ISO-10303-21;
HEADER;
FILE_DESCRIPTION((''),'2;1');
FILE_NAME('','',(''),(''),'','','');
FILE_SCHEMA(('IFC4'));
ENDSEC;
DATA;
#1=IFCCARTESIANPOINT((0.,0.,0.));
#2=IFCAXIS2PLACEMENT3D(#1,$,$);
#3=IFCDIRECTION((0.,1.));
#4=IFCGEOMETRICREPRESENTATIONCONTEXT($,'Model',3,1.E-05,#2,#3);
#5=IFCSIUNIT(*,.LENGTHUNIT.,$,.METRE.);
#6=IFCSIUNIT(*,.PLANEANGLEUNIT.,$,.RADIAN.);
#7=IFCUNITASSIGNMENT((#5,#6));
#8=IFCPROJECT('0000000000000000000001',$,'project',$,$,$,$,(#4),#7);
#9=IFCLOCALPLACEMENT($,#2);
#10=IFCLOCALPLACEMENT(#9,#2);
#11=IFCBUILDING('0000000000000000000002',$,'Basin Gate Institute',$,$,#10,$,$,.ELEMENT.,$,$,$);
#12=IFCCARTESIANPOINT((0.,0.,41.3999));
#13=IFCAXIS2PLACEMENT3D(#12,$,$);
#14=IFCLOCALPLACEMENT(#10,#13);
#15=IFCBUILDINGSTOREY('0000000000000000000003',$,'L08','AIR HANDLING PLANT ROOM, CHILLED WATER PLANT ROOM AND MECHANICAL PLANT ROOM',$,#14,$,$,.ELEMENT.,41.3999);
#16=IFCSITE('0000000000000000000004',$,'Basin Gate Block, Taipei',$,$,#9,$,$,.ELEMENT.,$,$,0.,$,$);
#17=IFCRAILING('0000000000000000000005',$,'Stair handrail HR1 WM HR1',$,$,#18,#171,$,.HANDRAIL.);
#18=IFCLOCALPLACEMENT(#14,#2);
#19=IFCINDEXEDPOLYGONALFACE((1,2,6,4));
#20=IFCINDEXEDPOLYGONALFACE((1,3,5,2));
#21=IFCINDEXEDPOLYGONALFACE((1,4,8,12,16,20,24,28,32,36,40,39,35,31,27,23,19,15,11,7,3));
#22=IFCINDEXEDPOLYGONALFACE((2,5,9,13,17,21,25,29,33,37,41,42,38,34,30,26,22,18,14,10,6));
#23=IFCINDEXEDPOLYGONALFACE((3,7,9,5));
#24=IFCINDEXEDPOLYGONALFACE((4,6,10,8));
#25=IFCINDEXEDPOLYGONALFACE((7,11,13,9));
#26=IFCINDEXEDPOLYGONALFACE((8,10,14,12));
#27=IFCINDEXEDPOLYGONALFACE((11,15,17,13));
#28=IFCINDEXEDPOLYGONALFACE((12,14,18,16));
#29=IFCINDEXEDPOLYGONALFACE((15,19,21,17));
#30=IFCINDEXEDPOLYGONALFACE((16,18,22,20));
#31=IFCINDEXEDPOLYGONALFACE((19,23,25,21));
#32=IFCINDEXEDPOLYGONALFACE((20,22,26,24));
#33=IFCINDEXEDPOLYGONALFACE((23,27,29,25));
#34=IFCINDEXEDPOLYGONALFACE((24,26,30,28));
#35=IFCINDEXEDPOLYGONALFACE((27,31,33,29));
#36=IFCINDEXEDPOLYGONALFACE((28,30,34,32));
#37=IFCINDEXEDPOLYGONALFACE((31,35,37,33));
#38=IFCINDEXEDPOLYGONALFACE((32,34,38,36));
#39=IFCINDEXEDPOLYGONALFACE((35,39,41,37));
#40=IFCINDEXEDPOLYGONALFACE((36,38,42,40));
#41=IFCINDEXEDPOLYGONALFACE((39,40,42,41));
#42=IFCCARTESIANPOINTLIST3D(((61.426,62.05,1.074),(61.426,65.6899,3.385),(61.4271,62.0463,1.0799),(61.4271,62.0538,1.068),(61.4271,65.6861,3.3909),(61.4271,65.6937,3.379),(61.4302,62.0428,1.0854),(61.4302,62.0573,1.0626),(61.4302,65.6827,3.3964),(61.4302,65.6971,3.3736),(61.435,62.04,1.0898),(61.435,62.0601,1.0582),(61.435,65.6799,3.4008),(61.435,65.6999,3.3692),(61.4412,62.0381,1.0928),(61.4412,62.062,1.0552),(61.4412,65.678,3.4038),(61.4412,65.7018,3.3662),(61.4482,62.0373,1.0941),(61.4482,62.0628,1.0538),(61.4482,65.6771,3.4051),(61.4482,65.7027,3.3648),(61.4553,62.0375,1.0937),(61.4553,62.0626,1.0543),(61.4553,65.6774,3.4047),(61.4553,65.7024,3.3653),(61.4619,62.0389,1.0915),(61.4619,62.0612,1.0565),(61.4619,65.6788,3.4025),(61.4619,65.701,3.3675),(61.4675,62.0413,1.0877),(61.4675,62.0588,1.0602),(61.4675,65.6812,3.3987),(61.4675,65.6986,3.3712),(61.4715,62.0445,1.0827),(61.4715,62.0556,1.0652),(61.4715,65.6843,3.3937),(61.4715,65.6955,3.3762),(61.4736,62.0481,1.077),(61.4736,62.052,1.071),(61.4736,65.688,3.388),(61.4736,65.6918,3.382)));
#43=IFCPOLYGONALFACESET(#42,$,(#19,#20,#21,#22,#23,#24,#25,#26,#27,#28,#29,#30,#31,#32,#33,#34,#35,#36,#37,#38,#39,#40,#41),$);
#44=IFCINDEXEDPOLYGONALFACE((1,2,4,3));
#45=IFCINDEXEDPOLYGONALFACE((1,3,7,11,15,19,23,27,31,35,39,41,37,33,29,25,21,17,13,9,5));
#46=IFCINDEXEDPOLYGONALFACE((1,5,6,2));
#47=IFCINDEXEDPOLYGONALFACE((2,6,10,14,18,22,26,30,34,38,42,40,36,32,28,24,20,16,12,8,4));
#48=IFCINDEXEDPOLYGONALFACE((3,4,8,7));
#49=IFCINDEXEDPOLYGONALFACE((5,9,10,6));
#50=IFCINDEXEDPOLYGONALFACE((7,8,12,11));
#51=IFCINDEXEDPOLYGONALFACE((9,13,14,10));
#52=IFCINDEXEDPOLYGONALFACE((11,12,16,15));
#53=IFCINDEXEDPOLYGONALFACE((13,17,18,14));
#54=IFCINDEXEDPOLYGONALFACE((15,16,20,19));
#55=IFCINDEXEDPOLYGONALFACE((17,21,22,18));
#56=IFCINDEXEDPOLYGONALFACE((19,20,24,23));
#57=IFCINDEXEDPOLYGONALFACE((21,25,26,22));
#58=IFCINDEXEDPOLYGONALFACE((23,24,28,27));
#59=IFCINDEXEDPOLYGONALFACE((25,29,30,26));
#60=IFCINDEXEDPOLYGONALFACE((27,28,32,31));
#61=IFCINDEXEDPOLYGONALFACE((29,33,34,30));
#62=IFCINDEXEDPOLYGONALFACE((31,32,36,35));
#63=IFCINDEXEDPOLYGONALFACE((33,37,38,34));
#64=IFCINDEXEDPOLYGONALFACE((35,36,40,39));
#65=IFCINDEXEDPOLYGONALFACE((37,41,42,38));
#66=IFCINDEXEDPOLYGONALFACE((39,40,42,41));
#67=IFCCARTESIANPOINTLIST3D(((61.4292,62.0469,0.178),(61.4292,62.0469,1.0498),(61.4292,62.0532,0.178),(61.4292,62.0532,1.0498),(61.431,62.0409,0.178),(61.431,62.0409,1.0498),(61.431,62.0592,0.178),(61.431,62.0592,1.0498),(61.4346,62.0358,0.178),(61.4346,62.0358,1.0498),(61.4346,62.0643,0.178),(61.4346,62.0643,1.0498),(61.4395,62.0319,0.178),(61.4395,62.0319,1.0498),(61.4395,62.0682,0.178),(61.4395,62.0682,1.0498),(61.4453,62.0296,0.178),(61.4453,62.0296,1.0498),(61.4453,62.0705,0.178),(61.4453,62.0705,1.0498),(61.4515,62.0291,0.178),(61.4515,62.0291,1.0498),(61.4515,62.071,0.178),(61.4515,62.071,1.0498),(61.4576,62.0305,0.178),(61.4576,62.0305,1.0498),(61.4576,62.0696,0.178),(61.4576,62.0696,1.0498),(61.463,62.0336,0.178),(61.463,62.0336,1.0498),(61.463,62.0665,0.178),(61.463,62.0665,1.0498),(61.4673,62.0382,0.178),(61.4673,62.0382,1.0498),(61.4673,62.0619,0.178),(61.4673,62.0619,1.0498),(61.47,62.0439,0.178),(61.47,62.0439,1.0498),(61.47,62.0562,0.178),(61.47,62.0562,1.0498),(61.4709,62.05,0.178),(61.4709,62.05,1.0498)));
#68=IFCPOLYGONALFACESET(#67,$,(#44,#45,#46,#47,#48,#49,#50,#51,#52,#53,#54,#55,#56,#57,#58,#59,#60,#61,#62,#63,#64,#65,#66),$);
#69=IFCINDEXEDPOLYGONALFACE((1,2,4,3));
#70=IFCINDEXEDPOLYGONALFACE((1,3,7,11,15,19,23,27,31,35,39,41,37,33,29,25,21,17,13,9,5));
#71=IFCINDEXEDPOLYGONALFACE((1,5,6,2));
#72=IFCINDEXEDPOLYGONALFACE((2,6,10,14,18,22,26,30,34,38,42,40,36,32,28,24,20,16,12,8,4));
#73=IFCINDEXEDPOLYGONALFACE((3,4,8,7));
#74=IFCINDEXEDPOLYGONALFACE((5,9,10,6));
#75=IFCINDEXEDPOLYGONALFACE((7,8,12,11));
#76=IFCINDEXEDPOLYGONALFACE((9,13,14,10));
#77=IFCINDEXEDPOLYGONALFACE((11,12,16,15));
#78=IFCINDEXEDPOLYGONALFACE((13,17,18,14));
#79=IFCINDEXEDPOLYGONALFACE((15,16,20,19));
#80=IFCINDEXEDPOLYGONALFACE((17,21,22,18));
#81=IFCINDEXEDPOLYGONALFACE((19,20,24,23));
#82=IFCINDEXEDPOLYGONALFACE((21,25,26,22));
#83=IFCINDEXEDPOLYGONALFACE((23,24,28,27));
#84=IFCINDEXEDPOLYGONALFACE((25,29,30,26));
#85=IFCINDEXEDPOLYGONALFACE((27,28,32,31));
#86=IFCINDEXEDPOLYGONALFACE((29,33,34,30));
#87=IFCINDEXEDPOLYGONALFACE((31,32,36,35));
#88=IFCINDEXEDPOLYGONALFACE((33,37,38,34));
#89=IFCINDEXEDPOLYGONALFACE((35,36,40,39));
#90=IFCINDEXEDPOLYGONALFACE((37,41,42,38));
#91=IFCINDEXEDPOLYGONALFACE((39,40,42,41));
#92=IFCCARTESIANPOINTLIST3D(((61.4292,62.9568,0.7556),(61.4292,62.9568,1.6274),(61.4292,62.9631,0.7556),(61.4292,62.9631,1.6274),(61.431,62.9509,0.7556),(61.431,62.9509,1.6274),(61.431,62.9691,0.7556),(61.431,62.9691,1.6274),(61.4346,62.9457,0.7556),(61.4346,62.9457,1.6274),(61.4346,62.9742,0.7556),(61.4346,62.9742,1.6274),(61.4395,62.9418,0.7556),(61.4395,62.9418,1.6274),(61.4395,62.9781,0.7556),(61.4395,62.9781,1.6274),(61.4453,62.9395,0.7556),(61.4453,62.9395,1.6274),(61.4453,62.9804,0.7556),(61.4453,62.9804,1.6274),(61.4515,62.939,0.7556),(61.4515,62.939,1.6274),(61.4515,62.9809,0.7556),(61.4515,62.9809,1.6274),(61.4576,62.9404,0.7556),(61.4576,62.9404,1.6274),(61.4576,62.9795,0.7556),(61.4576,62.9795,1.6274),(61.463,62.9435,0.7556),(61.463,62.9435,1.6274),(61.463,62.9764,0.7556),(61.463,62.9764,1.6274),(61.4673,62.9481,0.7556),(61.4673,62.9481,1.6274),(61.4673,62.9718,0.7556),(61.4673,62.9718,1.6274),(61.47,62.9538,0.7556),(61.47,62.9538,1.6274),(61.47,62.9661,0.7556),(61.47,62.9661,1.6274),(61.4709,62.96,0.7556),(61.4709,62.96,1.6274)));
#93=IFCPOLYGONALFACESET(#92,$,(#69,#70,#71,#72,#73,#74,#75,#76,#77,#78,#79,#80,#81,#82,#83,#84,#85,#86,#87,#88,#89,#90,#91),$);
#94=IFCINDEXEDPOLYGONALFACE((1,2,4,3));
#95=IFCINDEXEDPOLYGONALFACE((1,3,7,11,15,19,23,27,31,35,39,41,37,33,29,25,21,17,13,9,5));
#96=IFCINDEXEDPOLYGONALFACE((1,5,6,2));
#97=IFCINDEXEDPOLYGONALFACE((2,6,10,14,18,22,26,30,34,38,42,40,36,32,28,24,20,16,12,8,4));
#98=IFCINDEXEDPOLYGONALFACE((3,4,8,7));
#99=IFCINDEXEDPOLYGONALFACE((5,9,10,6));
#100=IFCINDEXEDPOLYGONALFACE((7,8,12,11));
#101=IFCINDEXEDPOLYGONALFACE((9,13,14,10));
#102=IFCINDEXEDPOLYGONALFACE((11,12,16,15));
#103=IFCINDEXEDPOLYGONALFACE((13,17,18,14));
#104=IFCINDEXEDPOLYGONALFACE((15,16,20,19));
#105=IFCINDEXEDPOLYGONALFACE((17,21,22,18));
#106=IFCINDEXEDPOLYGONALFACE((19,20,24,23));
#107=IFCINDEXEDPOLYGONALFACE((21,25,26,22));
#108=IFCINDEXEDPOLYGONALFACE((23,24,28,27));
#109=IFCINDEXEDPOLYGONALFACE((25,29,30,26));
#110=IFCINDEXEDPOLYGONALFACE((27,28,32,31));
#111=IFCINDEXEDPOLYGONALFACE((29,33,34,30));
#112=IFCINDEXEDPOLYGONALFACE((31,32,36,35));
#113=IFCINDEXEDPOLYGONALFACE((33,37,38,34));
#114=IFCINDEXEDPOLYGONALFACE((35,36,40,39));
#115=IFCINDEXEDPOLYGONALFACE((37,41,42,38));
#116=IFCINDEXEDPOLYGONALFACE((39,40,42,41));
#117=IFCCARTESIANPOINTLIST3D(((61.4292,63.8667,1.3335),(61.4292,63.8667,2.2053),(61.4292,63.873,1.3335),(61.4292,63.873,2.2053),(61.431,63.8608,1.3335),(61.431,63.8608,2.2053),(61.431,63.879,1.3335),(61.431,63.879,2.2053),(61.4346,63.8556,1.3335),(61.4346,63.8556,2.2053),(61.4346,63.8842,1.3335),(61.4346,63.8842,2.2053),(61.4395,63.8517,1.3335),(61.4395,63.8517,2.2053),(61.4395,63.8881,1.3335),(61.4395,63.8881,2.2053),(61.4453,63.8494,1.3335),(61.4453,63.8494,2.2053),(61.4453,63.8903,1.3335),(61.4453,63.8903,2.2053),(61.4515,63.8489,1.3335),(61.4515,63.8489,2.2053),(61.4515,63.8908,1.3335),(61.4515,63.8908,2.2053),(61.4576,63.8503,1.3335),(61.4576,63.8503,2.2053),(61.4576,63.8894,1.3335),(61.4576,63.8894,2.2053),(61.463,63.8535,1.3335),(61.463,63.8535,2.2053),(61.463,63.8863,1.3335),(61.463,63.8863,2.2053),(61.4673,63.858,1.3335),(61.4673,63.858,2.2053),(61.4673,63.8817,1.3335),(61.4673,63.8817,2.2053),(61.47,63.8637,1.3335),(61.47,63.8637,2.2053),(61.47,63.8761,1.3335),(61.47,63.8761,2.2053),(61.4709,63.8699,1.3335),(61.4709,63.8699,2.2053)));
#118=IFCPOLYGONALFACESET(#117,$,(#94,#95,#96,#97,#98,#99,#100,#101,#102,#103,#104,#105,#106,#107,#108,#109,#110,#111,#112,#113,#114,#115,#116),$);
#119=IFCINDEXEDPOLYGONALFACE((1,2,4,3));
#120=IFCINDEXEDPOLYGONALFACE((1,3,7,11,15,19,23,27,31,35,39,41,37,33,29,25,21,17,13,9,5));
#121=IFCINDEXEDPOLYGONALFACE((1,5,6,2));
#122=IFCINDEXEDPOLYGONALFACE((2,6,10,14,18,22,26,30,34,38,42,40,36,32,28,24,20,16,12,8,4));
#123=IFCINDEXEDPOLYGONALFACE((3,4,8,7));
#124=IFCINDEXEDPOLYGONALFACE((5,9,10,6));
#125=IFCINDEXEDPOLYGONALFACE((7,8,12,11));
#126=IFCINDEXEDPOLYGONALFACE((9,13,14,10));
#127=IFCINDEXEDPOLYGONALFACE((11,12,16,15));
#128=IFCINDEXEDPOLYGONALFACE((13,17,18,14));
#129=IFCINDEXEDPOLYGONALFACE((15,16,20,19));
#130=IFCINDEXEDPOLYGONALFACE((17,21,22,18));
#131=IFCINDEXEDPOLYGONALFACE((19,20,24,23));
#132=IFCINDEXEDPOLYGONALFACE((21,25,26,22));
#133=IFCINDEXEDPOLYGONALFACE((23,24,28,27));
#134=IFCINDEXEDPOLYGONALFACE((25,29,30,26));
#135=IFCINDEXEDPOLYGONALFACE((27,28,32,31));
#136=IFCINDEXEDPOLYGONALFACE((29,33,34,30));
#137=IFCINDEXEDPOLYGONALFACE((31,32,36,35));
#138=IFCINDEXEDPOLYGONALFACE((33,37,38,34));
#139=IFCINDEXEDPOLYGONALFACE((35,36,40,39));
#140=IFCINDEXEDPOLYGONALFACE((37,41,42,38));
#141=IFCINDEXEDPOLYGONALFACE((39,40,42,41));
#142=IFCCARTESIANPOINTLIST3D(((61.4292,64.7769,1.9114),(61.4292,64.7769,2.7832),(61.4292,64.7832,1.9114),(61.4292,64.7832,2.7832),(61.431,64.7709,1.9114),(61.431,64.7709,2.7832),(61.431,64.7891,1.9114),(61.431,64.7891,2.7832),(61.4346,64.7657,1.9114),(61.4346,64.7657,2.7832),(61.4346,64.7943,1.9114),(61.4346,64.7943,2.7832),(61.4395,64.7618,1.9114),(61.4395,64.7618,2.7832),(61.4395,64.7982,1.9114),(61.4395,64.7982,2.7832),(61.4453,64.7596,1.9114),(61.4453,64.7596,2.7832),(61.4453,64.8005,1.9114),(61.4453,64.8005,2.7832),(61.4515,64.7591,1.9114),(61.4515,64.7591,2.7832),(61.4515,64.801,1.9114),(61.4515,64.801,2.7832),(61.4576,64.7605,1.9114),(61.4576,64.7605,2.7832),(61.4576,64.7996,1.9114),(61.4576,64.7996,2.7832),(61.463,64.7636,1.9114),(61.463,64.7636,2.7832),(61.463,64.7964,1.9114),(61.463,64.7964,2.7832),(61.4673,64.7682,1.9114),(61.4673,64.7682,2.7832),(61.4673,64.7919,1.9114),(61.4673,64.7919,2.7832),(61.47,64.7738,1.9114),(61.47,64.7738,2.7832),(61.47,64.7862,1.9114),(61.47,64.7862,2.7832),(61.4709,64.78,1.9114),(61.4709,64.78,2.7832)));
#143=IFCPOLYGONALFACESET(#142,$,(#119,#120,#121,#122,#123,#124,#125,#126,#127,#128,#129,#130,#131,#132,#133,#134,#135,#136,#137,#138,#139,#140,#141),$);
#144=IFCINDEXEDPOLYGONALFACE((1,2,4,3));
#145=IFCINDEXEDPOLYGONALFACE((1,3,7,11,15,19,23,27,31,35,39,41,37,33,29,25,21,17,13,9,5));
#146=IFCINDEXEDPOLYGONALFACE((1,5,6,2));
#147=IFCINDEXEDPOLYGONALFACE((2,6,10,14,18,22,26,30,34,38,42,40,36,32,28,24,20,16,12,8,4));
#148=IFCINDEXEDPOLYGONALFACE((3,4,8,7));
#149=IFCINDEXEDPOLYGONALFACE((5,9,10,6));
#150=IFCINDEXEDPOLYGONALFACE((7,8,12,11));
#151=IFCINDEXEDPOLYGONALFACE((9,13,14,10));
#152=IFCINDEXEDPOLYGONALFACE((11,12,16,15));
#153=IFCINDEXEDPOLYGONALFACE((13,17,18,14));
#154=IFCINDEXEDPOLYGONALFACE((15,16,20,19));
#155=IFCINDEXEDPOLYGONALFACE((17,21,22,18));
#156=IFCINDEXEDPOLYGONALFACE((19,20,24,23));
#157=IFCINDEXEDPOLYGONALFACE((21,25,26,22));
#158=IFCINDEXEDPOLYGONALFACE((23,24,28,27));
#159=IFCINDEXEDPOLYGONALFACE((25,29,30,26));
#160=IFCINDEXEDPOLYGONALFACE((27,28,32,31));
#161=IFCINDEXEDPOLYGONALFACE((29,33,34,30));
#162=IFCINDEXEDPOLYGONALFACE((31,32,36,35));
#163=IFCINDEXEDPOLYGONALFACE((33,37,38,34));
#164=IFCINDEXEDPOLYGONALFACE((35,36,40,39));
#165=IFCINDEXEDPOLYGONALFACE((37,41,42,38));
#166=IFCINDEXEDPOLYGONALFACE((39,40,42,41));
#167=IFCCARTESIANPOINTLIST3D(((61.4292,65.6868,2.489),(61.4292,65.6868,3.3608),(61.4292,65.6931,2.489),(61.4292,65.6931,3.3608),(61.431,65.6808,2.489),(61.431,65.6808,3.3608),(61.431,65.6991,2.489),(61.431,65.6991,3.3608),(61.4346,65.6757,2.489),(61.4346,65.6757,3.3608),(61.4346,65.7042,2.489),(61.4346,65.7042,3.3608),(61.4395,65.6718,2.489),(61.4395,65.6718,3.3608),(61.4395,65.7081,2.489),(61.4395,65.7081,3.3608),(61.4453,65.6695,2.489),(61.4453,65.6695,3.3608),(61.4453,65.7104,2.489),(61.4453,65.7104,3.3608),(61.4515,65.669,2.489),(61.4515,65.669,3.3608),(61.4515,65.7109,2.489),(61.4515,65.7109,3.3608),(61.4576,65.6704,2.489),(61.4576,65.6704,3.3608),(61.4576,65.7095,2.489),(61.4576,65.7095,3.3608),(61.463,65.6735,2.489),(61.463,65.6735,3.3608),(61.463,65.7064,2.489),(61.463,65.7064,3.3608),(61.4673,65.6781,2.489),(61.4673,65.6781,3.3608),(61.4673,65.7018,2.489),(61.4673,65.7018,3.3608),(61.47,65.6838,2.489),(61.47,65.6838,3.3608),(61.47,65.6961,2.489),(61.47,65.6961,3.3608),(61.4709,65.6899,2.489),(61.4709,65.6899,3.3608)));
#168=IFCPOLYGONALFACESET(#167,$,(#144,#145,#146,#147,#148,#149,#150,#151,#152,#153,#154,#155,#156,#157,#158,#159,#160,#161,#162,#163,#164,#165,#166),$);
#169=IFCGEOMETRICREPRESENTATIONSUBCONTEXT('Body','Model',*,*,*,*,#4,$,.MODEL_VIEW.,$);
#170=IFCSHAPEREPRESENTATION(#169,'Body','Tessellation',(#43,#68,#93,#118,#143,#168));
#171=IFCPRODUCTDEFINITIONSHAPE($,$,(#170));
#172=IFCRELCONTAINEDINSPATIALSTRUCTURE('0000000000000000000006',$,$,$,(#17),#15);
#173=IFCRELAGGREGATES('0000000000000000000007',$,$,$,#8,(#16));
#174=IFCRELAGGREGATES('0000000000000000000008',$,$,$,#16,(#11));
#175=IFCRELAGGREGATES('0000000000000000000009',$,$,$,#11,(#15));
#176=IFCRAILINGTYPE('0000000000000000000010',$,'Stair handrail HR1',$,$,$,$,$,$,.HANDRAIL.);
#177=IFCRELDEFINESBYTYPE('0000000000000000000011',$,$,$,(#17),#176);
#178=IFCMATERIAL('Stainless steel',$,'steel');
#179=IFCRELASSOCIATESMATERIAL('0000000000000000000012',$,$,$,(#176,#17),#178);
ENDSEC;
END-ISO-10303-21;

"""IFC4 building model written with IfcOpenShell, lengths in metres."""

from ifc_helpers import new_model, si_unit, direction, frame, origin, origin_2d, place, context, subcontext, project, spatial, circle, extrude, material, type_object, element, save


model = new_model("IFC4")

# Units and contexts
model_context = context("Model", 3, precision=1e-05, world=origin(), true_north=direction((0.0, 1.0)))
body_context = subcontext(model_context, "Body", "Model", "MODEL_VIEW")
ifc_project = project(units=[si_unit("LENGTHUNIT", "METRE"), si_unit("PLANEANGLEUNIT", "RADIAN")], contexts=[model_context])

# Site, building, storey
site_placement = place(None, origin())
site = spatial("IfcSite", under=ifc_project, at=site_placement, Name="Basin Gate Block, Taipei", CompositionType="ELEMENT", RefElevation=0.0)
building_placement = place(site_placement, origin())
building = spatial("IfcBuilding", under=site, at=building_placement, Name="Basin Gate Institute", CompositionType="ELEMENT")
storey_placement = place(building_placement, frame((0.0, 0.0, 41.3999)))
storey = spatial("IfcBuildingStorey", under=building, at=storey_placement, Name="L08", Description="AIR HANDLING PLANT ROOM, CHILLED WATER PLANT ROOM AND MECHANICAL PLANT ROOM", CompositionType="ELEMENT", Elevation=41.3999)

# Railing
ifc_material_1 = material(Name="Stainless steel", Category="steel")
railing_type_1 = type_object("IfcRailingType", Name="Stair handrail HR1", PredefinedType="HANDRAIL", material=ifc_material_1)
for number, where, name in (
    (1, (61.45, 62.05, 0.178), "Stair handrail HR1 WM HR1"),
):
    element("IfcRailing", number, at=place(storey_placement, frame(where)), inside=storey, type_object=railing_type_1, material=ifc_material_1, Name=name, PredefinedType="HANDRAIL", context=body_context, shape_type="SweptSolid", body=[
        extrude(circle(Radius=0.0239, at=origin_2d()), frame((0.0, 0.0, 0.896), z_axis=(0.0, 0.844214, 0.536007), x_axis=(-1.0, 0.0, 0.0)), (0.0, 0.0, 1.0), 4.3115),
        extrude(circle(Radius=0.021, at=origin_2d()), origin(), (0.0, 0.0, 1.0), 0.8718),
        extrude(circle(Radius=0.021, at=origin_2d()), frame((0.0, 0.9099, 0.5776)), (0.0, 0.0, 1.0), 0.8718),
        extrude(circle(Radius=0.021, at=origin_2d()), frame((0.0, 1.8198, 1.1555)), (0.0, 0.0, 1.0), 0.8718),
        extrude(circle(Radius=0.021, at=origin_2d()), frame((0.0, 2.73, 1.7334)), (0.0, 0.0, 1.0), 0.8718),
        extrude(circle(Radius=0.021, at=origin_2d()), frame((0.0, 3.6399, 2.311)), (0.0, 0.0, 1.0), 0.8718),
    ])

save(model, "model.ifc")
